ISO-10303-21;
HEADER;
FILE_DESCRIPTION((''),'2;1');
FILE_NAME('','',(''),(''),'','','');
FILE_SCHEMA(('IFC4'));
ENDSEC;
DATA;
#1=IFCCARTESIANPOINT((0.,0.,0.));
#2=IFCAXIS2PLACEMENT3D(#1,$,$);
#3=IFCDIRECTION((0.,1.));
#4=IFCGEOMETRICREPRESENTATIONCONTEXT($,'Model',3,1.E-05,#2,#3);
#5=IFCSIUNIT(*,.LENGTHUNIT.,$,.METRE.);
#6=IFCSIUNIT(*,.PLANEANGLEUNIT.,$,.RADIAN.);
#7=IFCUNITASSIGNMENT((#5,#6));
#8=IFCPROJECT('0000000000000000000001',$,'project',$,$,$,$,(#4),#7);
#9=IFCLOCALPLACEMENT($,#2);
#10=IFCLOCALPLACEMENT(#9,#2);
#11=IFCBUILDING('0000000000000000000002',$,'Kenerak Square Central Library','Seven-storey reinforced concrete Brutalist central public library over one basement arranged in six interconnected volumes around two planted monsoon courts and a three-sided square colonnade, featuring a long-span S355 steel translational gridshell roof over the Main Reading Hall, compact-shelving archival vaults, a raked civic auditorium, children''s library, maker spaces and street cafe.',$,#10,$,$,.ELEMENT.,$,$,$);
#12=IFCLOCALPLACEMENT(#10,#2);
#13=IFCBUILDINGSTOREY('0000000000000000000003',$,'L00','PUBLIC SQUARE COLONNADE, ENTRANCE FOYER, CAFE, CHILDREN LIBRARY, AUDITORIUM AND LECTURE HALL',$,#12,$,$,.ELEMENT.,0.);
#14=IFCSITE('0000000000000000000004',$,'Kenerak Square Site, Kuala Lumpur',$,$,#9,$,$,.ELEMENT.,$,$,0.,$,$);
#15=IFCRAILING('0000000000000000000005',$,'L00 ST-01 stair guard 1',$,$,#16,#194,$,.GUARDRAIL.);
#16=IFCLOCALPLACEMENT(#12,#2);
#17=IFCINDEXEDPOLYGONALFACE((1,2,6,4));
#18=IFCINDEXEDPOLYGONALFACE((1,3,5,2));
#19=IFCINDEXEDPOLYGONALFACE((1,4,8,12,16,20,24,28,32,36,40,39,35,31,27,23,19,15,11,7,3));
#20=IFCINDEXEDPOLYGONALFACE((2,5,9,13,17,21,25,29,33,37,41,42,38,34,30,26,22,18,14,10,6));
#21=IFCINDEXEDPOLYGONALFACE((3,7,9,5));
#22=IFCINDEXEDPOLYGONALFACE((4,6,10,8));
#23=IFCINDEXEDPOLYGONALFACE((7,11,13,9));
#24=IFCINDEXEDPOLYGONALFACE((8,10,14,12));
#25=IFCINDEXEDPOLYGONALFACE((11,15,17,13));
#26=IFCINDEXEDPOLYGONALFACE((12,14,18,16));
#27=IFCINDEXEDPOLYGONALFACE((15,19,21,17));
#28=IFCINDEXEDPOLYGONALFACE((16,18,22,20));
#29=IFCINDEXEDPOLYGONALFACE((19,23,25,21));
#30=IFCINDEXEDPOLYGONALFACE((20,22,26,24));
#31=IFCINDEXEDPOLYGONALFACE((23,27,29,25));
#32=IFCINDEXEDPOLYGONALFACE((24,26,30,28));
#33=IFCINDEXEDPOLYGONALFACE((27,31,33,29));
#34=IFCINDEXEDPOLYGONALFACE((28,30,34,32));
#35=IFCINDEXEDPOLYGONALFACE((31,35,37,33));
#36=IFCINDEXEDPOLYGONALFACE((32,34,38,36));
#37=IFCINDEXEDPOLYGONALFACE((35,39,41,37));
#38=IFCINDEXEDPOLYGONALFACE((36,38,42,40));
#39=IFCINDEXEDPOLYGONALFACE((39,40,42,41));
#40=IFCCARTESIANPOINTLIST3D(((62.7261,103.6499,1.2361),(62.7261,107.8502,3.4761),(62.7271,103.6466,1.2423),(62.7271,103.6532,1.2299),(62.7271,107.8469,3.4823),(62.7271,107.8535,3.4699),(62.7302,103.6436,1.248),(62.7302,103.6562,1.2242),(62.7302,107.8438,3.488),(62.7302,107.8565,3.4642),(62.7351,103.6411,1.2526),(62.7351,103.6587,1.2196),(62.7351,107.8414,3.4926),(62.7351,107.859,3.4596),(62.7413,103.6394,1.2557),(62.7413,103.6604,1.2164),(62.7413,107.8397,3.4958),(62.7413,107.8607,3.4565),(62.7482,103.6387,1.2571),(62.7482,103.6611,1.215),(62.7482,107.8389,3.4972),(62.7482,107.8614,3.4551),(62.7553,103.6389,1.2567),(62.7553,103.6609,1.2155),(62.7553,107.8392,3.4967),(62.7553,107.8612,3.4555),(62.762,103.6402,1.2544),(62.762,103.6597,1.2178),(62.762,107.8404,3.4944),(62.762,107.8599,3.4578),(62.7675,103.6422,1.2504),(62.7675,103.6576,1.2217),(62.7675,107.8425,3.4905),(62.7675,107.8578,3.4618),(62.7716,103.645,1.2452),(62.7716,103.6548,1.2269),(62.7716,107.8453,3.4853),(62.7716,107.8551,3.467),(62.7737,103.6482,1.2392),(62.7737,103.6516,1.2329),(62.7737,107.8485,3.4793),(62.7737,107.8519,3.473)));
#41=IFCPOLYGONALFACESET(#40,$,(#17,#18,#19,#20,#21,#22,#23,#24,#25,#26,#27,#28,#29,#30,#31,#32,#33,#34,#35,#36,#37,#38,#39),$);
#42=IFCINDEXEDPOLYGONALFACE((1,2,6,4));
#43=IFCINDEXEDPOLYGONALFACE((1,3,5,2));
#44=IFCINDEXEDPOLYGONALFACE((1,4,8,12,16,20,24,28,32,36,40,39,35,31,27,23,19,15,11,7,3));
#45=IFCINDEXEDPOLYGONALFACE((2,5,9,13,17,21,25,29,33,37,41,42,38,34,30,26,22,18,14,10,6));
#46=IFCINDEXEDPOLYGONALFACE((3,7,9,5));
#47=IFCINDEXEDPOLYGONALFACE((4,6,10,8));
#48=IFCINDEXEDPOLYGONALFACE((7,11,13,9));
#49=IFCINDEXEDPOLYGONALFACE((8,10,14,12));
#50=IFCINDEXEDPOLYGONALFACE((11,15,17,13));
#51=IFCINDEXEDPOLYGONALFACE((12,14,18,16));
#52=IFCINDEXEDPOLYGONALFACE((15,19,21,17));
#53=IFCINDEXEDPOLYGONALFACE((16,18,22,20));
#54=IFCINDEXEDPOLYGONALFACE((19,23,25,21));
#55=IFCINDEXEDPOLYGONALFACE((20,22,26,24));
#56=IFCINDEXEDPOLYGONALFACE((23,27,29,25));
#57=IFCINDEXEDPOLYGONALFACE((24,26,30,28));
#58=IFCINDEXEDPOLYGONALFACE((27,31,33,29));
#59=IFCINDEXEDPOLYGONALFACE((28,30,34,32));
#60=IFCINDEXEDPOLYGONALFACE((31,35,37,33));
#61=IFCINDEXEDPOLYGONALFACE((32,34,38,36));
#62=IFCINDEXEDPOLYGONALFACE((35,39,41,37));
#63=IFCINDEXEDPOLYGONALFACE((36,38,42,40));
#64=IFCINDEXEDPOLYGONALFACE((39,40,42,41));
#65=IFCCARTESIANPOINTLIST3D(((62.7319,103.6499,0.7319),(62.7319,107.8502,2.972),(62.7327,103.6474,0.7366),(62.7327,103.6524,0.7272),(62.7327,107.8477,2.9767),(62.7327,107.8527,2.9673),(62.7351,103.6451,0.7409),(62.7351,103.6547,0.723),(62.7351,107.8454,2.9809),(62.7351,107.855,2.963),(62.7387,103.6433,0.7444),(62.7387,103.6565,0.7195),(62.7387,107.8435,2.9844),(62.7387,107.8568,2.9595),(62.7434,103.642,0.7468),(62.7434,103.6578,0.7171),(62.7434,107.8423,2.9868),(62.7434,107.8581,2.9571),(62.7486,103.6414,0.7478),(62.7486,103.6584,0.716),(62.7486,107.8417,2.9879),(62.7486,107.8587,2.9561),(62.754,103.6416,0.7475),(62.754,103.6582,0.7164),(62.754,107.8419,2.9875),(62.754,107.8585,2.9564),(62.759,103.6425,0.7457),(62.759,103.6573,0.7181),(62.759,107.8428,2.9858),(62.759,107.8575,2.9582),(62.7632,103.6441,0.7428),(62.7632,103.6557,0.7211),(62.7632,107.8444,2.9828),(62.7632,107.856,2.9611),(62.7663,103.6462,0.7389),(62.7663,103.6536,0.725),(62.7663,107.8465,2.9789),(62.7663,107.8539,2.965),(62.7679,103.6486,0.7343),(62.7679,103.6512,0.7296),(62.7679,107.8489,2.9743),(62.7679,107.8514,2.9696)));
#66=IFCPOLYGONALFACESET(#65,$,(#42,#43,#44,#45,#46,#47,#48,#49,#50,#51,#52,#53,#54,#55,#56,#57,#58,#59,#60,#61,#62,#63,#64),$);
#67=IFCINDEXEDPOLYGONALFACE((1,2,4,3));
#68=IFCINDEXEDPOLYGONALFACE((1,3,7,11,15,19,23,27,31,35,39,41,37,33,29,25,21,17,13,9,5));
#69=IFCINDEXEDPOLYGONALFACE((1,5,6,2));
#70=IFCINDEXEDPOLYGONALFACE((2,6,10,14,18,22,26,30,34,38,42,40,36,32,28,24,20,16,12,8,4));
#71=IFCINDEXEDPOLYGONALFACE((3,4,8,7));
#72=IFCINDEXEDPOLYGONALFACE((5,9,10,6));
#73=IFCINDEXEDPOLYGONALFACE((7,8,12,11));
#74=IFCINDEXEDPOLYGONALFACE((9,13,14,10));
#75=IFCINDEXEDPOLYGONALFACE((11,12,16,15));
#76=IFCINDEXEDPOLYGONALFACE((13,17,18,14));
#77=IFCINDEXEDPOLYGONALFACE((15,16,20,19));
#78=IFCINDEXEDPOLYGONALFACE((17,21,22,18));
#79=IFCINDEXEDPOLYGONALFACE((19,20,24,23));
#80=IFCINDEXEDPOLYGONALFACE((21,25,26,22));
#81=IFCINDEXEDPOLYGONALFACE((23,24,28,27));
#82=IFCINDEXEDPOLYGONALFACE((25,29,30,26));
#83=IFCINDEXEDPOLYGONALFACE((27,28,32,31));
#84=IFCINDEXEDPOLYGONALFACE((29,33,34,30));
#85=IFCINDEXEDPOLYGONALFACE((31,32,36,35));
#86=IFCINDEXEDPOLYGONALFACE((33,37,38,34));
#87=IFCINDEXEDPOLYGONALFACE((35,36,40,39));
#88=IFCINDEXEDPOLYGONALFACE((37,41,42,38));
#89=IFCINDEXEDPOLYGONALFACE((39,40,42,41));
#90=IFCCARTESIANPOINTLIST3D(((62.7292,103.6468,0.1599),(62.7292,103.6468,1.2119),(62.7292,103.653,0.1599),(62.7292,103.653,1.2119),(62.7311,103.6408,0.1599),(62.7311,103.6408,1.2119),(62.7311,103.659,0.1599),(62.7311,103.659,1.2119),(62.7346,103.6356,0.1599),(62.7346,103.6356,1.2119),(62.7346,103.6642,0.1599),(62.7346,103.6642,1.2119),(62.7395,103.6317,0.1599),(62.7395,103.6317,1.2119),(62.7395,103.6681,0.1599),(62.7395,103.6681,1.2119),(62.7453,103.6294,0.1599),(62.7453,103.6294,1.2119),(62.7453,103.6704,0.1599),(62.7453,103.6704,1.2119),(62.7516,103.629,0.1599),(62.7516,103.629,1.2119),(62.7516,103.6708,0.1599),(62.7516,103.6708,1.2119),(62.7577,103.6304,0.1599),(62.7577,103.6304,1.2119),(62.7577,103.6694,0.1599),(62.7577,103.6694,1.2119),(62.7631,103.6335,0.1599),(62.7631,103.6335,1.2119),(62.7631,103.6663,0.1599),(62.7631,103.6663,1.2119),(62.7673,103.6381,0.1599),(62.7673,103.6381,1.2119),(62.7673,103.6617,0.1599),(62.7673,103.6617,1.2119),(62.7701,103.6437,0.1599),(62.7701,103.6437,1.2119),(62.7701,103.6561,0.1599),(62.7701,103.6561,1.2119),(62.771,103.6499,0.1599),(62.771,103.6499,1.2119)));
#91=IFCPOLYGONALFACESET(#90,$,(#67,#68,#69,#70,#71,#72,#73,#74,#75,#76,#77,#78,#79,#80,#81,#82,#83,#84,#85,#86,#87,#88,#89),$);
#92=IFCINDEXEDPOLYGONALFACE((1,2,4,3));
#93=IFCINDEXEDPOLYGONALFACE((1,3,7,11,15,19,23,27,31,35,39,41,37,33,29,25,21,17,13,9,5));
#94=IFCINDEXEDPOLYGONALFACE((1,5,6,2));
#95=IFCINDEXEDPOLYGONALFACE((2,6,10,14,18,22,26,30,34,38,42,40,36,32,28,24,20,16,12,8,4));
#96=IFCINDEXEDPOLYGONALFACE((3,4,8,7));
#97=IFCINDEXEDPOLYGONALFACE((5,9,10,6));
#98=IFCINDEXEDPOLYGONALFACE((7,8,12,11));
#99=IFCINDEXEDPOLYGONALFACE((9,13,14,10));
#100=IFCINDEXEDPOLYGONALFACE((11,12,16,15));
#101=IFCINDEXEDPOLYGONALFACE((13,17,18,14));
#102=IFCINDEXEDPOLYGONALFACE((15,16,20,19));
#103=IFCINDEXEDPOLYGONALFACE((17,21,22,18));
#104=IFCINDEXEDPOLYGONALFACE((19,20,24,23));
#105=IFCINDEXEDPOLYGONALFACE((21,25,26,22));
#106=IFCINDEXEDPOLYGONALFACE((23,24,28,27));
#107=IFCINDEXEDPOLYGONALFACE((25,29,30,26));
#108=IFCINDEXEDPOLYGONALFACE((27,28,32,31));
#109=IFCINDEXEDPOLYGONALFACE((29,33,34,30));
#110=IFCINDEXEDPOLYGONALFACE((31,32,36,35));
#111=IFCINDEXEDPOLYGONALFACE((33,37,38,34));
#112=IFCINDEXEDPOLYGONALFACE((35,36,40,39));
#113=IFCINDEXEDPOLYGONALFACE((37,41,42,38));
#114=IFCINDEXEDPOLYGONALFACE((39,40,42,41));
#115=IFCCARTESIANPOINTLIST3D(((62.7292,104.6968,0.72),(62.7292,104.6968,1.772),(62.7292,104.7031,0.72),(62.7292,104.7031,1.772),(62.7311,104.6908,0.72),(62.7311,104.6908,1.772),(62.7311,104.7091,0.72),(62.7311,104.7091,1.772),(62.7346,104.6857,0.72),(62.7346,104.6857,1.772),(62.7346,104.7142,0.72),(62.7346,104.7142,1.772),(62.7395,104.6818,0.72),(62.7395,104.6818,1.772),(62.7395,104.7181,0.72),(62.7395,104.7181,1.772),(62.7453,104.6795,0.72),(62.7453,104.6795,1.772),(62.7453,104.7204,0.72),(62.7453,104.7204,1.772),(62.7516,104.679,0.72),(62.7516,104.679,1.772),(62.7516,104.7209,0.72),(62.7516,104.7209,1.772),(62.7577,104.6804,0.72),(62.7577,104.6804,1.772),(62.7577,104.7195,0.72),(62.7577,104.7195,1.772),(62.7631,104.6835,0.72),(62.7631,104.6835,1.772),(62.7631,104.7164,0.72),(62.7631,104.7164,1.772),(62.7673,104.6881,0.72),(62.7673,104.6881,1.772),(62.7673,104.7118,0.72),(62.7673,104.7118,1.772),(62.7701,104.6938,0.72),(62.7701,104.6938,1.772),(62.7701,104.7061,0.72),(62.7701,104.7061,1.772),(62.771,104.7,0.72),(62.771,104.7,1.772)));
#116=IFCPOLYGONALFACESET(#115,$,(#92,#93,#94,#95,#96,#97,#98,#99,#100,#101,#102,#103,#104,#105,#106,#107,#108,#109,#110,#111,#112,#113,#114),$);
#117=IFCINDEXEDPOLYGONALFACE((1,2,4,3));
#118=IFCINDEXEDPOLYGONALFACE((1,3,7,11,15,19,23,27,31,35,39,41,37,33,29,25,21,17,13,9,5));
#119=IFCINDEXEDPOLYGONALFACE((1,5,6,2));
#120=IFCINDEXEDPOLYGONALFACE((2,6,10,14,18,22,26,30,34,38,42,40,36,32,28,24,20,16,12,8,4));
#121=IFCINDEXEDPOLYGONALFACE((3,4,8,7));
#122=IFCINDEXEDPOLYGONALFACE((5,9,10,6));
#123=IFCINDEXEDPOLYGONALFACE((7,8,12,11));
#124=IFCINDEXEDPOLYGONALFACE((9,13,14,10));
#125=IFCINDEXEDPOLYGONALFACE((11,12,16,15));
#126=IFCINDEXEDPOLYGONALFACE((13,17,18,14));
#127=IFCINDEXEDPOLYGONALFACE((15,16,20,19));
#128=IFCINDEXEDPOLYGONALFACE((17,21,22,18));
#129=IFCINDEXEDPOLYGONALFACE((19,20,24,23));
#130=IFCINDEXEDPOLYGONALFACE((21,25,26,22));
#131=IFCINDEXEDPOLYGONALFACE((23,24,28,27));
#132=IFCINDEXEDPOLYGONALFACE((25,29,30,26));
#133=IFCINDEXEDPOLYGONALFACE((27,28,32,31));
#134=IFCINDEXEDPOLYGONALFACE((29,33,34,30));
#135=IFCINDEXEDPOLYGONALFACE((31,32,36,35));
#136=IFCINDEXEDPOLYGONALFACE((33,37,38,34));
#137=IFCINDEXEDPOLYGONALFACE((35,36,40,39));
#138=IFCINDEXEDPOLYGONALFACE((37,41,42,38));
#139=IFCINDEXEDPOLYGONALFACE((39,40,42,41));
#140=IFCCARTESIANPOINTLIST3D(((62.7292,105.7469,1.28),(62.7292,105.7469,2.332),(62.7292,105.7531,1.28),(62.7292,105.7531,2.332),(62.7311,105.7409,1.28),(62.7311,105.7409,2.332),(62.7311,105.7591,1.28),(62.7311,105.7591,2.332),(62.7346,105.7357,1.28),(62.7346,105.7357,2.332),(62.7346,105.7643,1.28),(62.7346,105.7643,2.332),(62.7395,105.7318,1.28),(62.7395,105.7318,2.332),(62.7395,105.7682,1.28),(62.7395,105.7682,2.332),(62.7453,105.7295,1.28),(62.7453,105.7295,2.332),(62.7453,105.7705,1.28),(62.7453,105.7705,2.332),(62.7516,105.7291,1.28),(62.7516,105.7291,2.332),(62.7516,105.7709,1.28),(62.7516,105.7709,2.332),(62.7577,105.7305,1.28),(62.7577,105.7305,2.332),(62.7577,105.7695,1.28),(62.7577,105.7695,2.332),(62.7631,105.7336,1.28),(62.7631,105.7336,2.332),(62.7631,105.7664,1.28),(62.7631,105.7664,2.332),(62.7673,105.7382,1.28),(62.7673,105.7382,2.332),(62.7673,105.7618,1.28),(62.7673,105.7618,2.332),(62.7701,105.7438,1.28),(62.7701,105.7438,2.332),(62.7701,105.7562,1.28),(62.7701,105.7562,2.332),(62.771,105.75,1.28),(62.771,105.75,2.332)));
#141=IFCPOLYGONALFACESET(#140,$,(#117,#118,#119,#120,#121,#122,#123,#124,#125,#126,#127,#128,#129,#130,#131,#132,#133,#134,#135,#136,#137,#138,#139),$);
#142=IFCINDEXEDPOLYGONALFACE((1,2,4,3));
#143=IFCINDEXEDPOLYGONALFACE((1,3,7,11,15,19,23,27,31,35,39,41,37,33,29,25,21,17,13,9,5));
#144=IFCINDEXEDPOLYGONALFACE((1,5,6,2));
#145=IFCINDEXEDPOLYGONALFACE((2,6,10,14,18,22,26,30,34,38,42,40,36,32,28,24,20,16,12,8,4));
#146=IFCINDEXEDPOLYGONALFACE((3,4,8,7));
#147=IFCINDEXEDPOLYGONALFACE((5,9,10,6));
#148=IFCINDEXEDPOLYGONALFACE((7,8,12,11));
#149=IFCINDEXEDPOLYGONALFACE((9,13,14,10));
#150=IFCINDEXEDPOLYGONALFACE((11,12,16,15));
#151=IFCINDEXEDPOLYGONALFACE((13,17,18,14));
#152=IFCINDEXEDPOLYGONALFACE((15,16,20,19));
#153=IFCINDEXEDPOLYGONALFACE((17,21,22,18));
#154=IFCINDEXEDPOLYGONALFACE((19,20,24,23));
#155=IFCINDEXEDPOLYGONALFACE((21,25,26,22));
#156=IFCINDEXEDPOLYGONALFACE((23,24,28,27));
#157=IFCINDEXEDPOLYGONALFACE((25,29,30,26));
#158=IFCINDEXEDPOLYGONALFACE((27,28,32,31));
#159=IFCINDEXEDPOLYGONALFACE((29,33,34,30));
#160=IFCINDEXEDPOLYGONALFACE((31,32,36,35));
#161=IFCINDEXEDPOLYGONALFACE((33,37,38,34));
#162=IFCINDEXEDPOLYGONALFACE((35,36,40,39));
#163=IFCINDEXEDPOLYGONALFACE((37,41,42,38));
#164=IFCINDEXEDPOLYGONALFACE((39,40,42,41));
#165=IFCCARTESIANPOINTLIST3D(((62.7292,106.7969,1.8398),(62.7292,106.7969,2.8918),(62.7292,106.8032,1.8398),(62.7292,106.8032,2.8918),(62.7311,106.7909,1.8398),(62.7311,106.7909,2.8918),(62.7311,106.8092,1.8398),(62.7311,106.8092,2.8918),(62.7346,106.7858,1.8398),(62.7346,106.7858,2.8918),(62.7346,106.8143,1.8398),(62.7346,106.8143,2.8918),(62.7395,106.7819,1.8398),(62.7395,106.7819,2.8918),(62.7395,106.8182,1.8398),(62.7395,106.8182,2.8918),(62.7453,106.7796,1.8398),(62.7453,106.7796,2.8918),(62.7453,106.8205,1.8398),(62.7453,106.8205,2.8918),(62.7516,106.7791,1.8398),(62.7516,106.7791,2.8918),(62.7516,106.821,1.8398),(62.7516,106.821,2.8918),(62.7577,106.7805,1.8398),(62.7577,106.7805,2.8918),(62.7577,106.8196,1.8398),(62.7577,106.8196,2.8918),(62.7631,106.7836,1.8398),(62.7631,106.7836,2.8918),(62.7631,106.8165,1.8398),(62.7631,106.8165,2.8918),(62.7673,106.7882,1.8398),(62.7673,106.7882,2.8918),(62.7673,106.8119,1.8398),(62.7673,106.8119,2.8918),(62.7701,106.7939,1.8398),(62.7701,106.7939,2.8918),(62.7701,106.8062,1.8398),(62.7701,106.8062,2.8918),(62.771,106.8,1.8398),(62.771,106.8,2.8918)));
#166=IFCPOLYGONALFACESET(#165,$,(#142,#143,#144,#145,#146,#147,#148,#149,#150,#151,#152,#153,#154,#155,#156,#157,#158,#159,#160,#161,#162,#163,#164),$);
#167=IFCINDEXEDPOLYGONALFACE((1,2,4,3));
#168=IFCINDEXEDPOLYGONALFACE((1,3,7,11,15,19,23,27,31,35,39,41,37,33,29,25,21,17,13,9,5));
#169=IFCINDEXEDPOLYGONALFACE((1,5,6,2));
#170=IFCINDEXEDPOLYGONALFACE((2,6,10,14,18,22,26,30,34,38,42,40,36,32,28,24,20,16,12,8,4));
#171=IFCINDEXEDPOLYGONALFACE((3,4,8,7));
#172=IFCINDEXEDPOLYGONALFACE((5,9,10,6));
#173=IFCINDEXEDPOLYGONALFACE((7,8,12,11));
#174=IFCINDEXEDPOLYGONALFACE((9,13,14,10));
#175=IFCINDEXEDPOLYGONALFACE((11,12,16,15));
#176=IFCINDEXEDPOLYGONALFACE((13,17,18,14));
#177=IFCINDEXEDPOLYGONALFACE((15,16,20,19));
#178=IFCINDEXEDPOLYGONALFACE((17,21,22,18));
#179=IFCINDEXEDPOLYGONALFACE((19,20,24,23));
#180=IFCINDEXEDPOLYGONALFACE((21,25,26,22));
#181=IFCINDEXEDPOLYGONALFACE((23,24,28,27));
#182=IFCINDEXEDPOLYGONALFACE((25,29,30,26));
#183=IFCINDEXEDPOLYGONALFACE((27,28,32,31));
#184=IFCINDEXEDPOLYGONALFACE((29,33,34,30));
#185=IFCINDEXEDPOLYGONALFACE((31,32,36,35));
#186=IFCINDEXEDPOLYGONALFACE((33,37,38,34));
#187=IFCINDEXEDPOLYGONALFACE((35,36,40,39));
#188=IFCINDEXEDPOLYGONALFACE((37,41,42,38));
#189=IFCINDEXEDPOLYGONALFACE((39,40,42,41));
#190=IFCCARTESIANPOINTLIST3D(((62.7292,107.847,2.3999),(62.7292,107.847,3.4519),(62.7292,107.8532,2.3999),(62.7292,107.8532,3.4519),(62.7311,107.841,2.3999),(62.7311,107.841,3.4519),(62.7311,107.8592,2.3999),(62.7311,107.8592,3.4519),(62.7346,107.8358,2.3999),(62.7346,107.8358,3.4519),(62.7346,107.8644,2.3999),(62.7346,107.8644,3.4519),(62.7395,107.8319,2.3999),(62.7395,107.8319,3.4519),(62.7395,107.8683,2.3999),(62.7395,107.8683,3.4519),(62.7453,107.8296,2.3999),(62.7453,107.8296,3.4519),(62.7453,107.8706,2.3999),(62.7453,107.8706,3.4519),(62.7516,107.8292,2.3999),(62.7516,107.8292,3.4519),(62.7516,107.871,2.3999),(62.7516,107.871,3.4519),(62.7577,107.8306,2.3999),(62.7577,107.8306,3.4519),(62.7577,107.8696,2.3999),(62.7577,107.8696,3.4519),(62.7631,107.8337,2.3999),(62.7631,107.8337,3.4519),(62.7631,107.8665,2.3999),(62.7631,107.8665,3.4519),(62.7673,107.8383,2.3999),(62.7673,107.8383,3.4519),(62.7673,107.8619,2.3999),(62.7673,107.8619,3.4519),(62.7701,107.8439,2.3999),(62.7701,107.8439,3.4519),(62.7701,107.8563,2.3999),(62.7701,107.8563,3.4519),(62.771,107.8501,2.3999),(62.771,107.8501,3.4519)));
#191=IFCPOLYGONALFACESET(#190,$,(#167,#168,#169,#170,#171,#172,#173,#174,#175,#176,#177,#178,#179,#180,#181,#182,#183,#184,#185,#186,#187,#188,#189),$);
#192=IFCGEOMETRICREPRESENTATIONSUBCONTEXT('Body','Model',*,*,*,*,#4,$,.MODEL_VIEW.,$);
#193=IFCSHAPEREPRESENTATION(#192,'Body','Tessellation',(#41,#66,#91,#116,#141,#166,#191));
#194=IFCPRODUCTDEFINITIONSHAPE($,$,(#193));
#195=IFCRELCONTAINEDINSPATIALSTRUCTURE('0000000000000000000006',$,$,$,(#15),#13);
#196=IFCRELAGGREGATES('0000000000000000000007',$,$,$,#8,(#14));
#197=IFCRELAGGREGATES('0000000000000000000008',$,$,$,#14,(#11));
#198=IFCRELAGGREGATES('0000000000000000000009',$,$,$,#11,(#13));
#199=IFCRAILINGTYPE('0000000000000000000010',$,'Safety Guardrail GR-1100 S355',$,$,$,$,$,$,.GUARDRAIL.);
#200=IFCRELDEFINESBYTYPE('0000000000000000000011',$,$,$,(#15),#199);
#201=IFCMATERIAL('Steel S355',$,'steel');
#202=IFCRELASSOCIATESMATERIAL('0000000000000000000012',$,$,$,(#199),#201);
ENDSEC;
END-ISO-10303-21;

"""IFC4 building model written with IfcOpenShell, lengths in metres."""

from ifc_helpers import new_model, si_unit, direction, frame, origin, origin_2d, place, context, subcontext, project, spatial, circle, extrude, material, type_object, element, save


model = new_model("IFC4")

# Units and contexts
model_context = context("Model", 3, precision=1e-05, world=origin(), true_north=direction((0.0, 1.0)))
body_context = subcontext(model_context, "Body", "Model", "MODEL_VIEW")
ifc_project = project(units=[si_unit("LENGTHUNIT", "METRE"), si_unit("PLANEANGLEUNIT", "RADIAN")], contexts=[model_context])

# Site, building, storey
site_placement = place(None, origin())
site = spatial("IfcSite", under=ifc_project, at=site_placement, Name="Kenerak Square Site, Kuala Lumpur", CompositionType="ELEMENT", RefElevation=0.0)
building_placement = place(site_placement, origin())
building = spatial("IfcBuilding", under=site, at=building_placement, Name="Kenerak Square Central Library", Description="Seven-storey reinforced concrete Brutalist central public library over one basement arranged in six interconnected volumes around two planted monsoon courts and a three-sided square colonnade, featuring a long-span S355 steel translational gridshell roof over the Main Reading Hall, compact-shelving archival vaults, a raked civic auditorium, children's library, maker spaces and street cafe.", CompositionType="ELEMENT")
storey_placement = place(building_placement, origin())
storey = spatial("IfcBuildingStorey", under=building, at=storey_placement, Name="L00", Description="PUBLIC SQUARE COLONNADE, ENTRANCE FOYER, CAFE, CHILDREN LIBRARY, AUDITORIUM AND LECTURE HALL", CompositionType="ELEMENT", Elevation=0.0)

# Shared definitions
ifc_material_1 = material(Name="Steel S355", Category="steel")

# Railing
railing_type_1 = type_object("IfcRailingType", Name="Safety Guardrail GR-1100 S355", PredefinedType="GUARDRAIL", material=ifc_material_1)
railing_1_placement = place(storey_placement, frame((62.75, 103.6499, 0.1599)))
element("IfcRailing", 1, at=railing_1_placement, inside=storey, type_object=railing_type_1, Name="L00 ST-01 stair guard 1", PredefinedType="GUARDRAIL", context=body_context, shape_type="SweptSolid", body=[
    extrude(circle(Radius=0.0239, at=origin_2d()), frame((0.0, 0.0, 1.0762), z_axis=(0.0, 0.882363, 0.47057), x_axis=(-1.0, 0.0, 0.0)), (0.0, 0.0, 1.0), 4.7603),
    extrude(circle(Radius=0.0181, at=origin_2d()), frame((0.0, 0.0, 0.572), z_axis=(0.0, 0.882363, 0.47057), x_axis=(-1.0, 0.0, 0.0)), (0.0, 0.0, 1.0), 4.7603),
    extrude(circle(Radius=0.021, at=origin_2d()), origin(), (0.0, 0.0, 1.0), 1.052),
    extrude(circle(Radius=0.021, at=origin_2d()), frame((0.0, 1.05, 0.5601)), (0.0, 0.0, 1.0), 1.052),
    extrude(circle(Radius=0.021, at=origin_2d()), frame((0.0, 2.1001, 1.1201)), (0.0, 0.0, 1.0), 1.052),
    extrude(circle(Radius=0.021, at=origin_2d()), frame((0.0, 3.1501, 1.6799)), (0.0, 0.0, 1.0), 1.052),
    extrude(circle(Radius=0.021, at=origin_2d()), frame((0.0, 4.2002, 2.24)), (0.0, 0.0, 1.0), 1.052),
])

save(model, "model.ifc")
